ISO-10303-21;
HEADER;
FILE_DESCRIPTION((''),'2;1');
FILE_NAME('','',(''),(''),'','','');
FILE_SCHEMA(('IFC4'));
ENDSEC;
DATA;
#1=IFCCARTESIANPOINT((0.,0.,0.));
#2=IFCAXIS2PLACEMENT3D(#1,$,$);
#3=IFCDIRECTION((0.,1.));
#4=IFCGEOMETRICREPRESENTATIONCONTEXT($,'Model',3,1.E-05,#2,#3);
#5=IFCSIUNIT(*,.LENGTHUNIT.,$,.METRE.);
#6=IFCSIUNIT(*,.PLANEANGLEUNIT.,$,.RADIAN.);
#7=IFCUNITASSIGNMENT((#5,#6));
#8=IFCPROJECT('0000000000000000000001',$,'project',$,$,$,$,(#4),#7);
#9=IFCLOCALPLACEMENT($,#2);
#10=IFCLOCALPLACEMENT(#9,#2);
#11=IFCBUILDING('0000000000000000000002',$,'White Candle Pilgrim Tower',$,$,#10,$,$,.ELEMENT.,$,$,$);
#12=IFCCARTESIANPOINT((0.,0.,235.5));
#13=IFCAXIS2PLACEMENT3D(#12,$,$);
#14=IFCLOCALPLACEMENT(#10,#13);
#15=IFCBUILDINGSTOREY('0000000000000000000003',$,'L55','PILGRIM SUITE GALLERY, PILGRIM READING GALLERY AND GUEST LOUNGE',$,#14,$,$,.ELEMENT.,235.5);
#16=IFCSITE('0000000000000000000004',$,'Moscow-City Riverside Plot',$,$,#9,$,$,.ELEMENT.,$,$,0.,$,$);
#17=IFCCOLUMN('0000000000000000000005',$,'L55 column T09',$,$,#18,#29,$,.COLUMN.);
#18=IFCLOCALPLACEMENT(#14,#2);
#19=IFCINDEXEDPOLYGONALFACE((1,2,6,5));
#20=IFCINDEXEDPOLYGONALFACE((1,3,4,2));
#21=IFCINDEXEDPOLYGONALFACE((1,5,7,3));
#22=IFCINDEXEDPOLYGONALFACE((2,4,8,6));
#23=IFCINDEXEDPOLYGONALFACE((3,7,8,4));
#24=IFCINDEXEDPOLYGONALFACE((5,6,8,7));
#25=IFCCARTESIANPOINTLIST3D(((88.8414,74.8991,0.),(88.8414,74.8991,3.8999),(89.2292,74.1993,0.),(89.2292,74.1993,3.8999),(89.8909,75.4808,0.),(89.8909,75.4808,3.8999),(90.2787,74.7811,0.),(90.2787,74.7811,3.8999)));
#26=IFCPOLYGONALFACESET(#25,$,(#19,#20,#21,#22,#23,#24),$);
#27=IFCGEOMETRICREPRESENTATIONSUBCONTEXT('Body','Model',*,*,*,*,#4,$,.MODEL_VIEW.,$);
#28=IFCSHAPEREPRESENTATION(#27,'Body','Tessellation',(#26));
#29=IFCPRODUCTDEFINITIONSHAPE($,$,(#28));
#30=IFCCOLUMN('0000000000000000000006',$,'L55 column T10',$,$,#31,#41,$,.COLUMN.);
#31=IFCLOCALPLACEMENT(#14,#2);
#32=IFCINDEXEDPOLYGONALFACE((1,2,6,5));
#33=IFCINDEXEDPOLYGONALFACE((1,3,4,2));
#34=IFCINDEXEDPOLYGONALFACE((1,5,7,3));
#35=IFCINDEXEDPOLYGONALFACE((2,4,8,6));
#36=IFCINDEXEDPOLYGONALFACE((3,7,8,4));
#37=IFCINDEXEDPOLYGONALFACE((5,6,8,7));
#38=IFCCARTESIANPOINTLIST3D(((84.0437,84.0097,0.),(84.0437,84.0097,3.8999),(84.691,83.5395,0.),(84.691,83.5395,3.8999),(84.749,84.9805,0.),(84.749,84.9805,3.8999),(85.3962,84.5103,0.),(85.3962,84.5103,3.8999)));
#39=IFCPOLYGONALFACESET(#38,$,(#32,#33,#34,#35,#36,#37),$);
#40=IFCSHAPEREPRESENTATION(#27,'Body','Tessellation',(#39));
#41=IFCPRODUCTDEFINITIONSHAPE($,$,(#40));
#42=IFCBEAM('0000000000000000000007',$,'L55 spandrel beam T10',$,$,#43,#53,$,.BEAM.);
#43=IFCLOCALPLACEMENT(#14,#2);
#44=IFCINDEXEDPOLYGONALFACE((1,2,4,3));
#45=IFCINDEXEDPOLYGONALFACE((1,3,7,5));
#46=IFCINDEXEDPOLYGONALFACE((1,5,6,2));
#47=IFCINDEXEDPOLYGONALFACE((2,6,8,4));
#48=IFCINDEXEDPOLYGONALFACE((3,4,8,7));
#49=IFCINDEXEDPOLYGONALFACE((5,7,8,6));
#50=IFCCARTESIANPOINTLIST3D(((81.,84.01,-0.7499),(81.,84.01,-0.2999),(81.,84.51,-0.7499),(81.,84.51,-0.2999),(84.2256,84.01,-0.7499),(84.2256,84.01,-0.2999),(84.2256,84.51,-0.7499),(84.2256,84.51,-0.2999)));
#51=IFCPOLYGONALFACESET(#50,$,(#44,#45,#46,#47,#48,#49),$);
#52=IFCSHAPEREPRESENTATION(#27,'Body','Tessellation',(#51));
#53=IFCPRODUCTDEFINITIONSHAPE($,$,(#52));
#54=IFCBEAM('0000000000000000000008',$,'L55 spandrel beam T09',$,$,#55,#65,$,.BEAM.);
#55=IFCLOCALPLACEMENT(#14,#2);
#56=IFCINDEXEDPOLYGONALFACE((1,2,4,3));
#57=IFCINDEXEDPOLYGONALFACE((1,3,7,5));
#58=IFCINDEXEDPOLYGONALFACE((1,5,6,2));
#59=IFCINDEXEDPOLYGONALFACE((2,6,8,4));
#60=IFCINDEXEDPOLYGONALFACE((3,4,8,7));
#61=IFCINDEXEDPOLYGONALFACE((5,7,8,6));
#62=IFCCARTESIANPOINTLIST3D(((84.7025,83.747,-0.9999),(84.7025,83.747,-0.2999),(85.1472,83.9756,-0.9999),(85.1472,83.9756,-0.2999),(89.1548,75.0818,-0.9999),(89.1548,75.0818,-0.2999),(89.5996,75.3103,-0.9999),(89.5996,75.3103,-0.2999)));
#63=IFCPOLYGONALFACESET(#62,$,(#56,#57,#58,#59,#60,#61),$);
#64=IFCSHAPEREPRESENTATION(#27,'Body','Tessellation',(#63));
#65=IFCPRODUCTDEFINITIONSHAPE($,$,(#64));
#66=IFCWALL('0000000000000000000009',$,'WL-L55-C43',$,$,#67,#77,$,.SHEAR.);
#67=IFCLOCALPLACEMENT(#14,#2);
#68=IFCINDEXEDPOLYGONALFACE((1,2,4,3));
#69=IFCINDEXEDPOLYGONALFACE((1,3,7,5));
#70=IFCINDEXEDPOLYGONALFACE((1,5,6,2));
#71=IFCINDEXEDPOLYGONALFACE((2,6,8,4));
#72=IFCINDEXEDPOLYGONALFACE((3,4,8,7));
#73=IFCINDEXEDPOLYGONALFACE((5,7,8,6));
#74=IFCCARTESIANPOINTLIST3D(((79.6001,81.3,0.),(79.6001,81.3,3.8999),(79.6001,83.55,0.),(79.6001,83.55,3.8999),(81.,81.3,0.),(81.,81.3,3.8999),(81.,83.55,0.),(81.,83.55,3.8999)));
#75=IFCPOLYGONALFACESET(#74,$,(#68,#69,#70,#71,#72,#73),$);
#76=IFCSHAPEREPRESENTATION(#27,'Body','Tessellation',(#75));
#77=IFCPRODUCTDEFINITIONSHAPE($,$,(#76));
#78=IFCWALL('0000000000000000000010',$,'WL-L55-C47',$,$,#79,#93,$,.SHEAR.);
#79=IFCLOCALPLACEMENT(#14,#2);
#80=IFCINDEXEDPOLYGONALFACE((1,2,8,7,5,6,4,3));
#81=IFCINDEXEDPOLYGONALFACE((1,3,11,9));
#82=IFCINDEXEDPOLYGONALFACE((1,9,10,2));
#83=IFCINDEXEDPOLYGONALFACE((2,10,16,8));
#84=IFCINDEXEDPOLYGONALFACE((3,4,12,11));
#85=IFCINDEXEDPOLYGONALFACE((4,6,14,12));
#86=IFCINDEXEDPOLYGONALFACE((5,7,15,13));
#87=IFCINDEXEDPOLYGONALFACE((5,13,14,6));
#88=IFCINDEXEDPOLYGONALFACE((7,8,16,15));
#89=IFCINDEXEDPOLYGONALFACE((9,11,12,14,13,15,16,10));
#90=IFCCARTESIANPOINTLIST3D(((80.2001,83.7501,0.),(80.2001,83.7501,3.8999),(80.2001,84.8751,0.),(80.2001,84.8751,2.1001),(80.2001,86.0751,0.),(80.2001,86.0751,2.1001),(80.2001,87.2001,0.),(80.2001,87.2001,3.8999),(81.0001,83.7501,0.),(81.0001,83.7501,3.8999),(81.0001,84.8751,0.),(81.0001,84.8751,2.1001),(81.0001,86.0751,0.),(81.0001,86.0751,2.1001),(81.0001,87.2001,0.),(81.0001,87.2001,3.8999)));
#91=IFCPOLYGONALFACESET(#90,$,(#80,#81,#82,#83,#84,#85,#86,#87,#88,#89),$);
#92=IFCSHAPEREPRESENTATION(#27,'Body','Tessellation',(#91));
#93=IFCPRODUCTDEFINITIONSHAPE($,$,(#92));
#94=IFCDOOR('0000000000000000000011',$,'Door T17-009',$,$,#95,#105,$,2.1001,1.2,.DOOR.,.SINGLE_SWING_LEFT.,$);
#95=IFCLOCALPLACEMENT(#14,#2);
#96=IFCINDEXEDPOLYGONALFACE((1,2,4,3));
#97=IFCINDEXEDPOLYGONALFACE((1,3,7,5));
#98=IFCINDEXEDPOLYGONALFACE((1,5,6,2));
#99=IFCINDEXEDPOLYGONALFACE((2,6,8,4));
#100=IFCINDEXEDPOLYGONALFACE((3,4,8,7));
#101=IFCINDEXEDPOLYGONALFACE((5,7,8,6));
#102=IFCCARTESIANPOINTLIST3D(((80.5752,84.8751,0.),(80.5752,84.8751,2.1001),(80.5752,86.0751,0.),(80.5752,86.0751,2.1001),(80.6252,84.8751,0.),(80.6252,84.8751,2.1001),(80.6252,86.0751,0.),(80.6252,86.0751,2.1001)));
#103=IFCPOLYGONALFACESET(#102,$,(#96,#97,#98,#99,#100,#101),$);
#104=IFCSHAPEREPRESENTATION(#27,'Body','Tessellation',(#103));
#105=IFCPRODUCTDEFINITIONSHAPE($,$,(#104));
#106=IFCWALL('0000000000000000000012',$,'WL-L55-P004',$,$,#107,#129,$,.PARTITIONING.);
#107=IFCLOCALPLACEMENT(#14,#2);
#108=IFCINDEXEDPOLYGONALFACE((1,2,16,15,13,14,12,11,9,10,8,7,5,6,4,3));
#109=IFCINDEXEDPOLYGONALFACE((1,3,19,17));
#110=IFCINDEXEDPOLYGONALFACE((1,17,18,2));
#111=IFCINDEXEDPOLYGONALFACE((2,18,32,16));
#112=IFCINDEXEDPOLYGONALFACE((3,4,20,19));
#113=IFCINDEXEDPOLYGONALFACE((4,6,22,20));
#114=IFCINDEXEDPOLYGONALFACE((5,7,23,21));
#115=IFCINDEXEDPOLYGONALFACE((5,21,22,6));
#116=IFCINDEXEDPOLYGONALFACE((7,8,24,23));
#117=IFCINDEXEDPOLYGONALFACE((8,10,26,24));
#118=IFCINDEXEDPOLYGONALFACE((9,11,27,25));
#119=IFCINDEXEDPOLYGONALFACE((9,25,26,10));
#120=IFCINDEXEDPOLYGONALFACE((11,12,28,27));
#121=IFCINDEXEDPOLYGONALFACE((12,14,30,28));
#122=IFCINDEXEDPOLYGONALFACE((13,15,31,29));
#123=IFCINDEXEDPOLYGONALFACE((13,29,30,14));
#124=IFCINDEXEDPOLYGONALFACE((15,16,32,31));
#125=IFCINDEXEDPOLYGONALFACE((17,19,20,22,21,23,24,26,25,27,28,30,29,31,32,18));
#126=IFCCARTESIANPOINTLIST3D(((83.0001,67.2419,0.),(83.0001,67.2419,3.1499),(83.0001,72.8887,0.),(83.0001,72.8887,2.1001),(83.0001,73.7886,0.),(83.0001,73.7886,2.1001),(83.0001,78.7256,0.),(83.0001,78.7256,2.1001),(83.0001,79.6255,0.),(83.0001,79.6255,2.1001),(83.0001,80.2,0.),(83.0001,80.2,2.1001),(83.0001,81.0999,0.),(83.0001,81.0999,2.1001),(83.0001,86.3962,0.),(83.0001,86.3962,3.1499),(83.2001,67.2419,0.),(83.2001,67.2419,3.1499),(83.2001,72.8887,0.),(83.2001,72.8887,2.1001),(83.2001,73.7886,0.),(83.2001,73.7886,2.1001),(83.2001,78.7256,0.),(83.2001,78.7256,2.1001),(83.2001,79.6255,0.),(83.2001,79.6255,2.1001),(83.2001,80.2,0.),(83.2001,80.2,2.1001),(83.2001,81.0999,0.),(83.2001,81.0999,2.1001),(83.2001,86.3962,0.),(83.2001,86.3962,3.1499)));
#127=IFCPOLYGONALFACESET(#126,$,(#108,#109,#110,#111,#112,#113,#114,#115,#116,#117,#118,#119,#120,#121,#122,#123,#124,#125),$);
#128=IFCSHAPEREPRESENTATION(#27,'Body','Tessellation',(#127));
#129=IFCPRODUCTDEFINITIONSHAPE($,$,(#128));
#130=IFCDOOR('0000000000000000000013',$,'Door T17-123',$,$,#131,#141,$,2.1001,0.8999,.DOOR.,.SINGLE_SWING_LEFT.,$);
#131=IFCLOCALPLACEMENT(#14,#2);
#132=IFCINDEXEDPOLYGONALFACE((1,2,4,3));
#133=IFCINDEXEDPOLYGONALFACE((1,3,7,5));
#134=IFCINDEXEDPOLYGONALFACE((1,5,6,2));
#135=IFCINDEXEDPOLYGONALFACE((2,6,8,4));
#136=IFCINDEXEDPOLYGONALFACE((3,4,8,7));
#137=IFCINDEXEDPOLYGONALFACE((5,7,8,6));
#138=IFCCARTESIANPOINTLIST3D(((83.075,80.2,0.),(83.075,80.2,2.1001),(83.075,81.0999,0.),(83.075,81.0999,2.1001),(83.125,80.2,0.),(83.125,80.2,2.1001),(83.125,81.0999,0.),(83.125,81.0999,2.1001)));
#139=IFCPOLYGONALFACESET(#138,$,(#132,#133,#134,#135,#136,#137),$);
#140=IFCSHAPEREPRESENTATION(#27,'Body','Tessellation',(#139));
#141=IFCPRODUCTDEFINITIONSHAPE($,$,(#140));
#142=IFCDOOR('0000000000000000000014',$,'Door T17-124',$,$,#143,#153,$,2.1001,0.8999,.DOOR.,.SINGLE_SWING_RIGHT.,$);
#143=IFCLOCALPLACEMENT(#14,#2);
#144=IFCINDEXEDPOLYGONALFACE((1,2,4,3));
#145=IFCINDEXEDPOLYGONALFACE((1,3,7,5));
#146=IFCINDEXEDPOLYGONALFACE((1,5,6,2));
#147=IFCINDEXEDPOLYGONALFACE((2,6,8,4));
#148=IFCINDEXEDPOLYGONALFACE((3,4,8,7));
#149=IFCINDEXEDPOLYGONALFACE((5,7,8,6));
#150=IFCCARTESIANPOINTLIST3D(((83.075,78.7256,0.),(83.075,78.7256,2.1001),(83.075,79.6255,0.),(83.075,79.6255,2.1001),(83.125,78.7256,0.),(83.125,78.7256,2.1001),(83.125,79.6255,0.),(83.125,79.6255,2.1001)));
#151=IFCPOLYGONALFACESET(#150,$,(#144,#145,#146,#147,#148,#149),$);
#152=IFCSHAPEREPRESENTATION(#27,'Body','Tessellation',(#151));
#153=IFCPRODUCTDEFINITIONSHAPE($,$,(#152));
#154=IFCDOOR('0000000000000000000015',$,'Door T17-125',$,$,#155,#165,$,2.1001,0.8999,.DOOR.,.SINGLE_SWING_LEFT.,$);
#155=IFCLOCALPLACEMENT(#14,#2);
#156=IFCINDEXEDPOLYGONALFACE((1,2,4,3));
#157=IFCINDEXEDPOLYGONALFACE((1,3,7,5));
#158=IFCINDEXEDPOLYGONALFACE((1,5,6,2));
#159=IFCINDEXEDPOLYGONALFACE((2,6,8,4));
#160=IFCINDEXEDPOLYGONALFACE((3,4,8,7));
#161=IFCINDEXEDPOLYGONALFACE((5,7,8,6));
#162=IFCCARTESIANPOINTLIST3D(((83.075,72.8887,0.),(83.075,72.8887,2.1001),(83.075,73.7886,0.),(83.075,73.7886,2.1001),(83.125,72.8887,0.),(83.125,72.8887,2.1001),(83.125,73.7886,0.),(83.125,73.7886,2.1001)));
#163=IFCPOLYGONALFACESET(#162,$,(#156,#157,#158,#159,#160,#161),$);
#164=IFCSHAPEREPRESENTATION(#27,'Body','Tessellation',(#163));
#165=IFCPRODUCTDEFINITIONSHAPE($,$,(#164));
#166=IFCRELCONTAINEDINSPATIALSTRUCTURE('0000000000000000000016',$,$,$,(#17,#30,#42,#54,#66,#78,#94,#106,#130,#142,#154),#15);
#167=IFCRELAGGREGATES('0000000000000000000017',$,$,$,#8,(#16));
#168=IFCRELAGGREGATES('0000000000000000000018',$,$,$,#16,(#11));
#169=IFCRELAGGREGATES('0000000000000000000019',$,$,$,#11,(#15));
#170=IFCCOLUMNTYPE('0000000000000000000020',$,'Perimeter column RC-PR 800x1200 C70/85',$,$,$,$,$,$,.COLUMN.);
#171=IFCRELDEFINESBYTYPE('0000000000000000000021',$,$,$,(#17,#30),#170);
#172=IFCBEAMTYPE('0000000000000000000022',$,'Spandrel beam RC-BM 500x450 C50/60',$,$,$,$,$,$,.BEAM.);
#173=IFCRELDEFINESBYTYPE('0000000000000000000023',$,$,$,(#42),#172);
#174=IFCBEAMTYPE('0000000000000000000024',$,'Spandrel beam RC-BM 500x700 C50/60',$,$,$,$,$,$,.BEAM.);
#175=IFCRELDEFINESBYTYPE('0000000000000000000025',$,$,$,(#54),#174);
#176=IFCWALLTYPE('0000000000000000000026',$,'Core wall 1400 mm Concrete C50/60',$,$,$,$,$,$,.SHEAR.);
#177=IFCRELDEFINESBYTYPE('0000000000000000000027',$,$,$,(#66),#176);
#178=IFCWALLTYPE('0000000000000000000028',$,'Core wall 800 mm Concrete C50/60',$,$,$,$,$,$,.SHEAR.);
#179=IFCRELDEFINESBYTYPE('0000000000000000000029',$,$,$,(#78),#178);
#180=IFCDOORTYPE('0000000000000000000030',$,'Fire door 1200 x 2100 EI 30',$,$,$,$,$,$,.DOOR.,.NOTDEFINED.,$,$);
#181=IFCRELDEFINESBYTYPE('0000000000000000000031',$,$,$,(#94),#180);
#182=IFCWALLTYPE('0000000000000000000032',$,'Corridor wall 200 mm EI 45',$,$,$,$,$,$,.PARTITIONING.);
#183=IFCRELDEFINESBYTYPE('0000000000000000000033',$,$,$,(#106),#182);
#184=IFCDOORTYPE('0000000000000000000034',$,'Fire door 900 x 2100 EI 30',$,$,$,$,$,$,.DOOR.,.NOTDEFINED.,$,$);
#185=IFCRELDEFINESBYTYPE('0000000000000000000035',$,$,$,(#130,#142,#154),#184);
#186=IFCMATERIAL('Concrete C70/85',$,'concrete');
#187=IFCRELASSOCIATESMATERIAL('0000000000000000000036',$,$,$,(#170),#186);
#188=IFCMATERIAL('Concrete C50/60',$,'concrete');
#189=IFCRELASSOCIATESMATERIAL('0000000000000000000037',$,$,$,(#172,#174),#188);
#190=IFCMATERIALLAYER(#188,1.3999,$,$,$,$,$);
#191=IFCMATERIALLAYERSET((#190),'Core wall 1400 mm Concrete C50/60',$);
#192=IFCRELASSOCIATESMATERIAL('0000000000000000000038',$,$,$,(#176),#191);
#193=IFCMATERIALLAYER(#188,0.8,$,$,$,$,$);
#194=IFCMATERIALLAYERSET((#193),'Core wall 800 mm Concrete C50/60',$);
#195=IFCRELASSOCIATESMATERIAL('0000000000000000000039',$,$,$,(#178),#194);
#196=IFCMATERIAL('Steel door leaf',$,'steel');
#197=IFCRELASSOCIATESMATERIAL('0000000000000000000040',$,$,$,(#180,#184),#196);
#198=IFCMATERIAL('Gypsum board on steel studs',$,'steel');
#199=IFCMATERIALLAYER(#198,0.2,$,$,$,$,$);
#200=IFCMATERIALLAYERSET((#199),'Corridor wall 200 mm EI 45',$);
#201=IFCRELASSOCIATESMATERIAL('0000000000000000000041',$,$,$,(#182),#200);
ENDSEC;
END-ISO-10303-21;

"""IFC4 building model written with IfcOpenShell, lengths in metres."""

from ifc_helpers import new_model, si_unit, direction, frame, frame_2d, origin, origin_2d, place, context, subcontext, project, spatial, rectangle, extrude, material, layer, layer_set, material_profile, profile_set, type_object, element, fill, save


model = new_model("IFC4")

# Units and contexts
model_context = context("Model", 3, precision=1e-05, world=origin(), true_north=direction((0.0, 1.0)))
body_context = subcontext(model_context, "Body", "Model", "MODEL_VIEW")
ifc_project = project(units=[si_unit("LENGTHUNIT", "METRE"), si_unit("PLANEANGLEUNIT", "RADIAN")], contexts=[model_context])

# Site, building, storey
site_placement = place(None, origin())
site = spatial("IfcSite", under=ifc_project, at=site_placement, Name="Moscow-City Riverside Plot", CompositionType="ELEMENT", RefElevation=0.0)
building_placement = place(site_placement, origin())
building = spatial("IfcBuilding", under=site, at=building_placement, Name="White Candle Pilgrim Tower", CompositionType="ELEMENT")
storey_placement = place(building_placement, frame((0.0, 0.0, 235.5)))
storey = spatial("IfcBuildingStorey", under=building, at=storey_placement, Name="L55", Description="PILGRIM SUITE GALLERY, PILGRIM READING GALLERY AND GUEST LOUNGE", CompositionType="ELEMENT", Elevation=235.5)

# Columns
ifc_material_1 = material(Name="Concrete C70/85", Category="concrete")
ifc_material_profile_1 = material_profile(ifc_material_1, rectangle(XDim=0.8, YDim=1.2, at=origin_2d()), Name="RC-PR 800x1200")
ifc_profile_set_1 = profile_set([ifc_material_profile_1], Name="Concrete C70/85")
column_type = type_object("IfcColumnType", Name="Perimeter column RC-PR 800x1200 C70/85", PredefinedType="COLUMN", material=ifc_profile_set_1)
for number, where, z_axis, x_axis, name in (
    (1, (89.5601, 74.8401, 0.0), (0.0, 0.0, 1.0), (0.48481, -0.87462, 0.0), "L55 column T09"),
    (2, (84.72, 84.26, 0.0), (0.0, 0.0, 1.0), (0.809027, -0.587771, 0.0), "L55 column T10"),
):
    element("IfcColumn", number, at=place(storey_placement, frame(where, z_axis=z_axis, x_axis=x_axis)), inside=storey, type_object=column_type, Name=name, PredefinedType="COLUMN", context=body_context, shape_type="SweptSolid", body=[
        extrude(rectangle(XDim=0.8, YDim=1.2, at=origin_2d()), origin(), (0.0, 0.0, 1.0), 3.8999),
    ])

# Beams
ifc_material_2 = material(Name="Concrete C50/60", Category="concrete")
ifc_material_profile_2 = material_profile(ifc_material_2, rectangle(XDim=0.5, YDim=0.45, at=origin_2d()), Name="RC-BM 500x450")
ifc_profile_set_2 = profile_set([ifc_material_profile_2], Name="Concrete C50/60")
beam_type_1 = type_object("IfcBeamType", Name="Spandrel beam RC-BM 500x450 C50/60", PredefinedType="BEAM", material=ifc_profile_set_2)
beam_1_placement = place(storey_placement, frame((84.2256, 84.26, -0.5249), z_axis=(-1.0, 0.0, 0.0), x_axis=(0.0, -1.0, 0.0)))
element("IfcBeam", 3, at=beam_1_placement, inside=storey, type_object=beam_type_1, Name="L55 spandrel beam T10", PredefinedType="BEAM", context=body_context, shape_type="SweptSolid", body=[
    extrude(rectangle(XDim=0.5, YDim=0.45, at=origin_2d()), origin(), (0.0, 0.0, 1.0), 3.2256),
])
ifc_material_profile_3 = material_profile(ifc_material_2, rectangle(XDim=0.5, YDim=0.7, at=origin_2d()), Name="RC-BM 500x700")
ifc_profile_set_3 = profile_set([ifc_material_profile_3], Name="Concrete C50/60")
beam_type_2 = type_object("IfcBeamType", Name="Spandrel beam RC-BM 500x700 C50/60", PredefinedType="BEAM", material=ifc_profile_set_3)
beam_2_placement = place(storey_placement, frame((89.3772, 75.196, -0.6499), z_axis=(-0.45702, 0.889456, 0.0), x_axis=(-0.889456, -0.45702, 0.0)))
element("IfcBeam", 4, at=beam_2_placement, inside=storey, type_object=beam_type_2, Name="L55 spandrel beam T09", PredefinedType="BEAM", context=body_context, shape_type="SweptSolid", body=[
    extrude(rectangle(XDim=0.5, YDim=0.7, at=origin_2d()), origin(), (0.0, 0.0, 1.0), 9.7422),
])

# Wall
ifc_layer_1 = layer(ifc_material_2, 1.3999)
ifc_layer_set_1 = layer_set([ifc_layer_1], Name="Core wall 1400 mm Concrete C50/60")
wall_type_1 = type_object("IfcWallType", Name="Core wall 1400 mm Concrete C50/60", PredefinedType="SHEAR", material=ifc_layer_set_1)
wall_1_placement = place(storey_placement, frame((80.3, 81.3, 0.0), z_axis=(0.0, 0.0, 1.0), x_axis=(0.0, 1.0, 0.0)))
element("IfcWall", 5, at=wall_1_placement, inside=storey, type_object=wall_type_1, Name="WL-L55-C43", PredefinedType="SHEAR", context=body_context, shape_type="SweptSolid", body=[
    extrude(rectangle(XDim=2.25, YDim=1.3999, at=frame_2d((1.125, 0.0))), origin(), (0.0, 0.0, 1.0), 3.8999),
])

# Wall, opening, door
ifc_layer_2 = layer(ifc_material_2, 0.8)
ifc_layer_set_2 = layer_set([ifc_layer_2], Name="Core wall 800 mm Concrete C50/60")
wall_type_2 = type_object("IfcWallType", Name="Core wall 800 mm Concrete C50/60", PredefinedType="SHEAR", material=ifc_layer_set_2)
wall_2_placement = place(storey_placement, frame((80.6001, 83.75, 0.0), z_axis=(0.0, 0.0, 1.0), x_axis=(0.0, 1.0, 0.0)))
wall_2 = element("IfcWall", 6, at=wall_2_placement, inside=storey, type_object=wall_type_2, Name="WL-L55-C47", PredefinedType="SHEAR", context=body_context, shape_type="SweptSolid", body=[
    extrude(rectangle(XDim=3.45, YDim=0.8, at=frame_2d((1.7251, 0.0))), origin(), (0.0, 0.0, 1.0), 3.8999),
])
opening_1_placement = place(wall_2_placement, frame((1.125, 0.0, 0.0)))
opening_1 = element("IfcOpeningElement", 7, at=opening_1_placement, cuts=wall_2, PredefinedType="OPENING", context=body_context, shape_type="SweptSolid", body=[
    extrude(rectangle(XDim=1.2, YDim=2.1001, at=frame_2d((0.6001, 1.05))), frame((0.0, 0.4099, 0.0), z_axis=(0.0, -1.0, 0.0), x_axis=(1.0, 0.0, 0.0)), (0.0, 0.0, 1.0), 0.8201),
])
ifc_material_3 = material(Name="Steel door leaf", Category="steel")
door_type_1 = type_object("IfcDoorType", Name="Fire door 1200 x 2100 EI 30", OperationType="NOTDEFINED", PredefinedType="DOOR", material=ifc_material_3)
door_1_placement = place(opening_1_placement, origin())
door_1 = element("IfcDoor", 8, at=door_1_placement, inside=storey, type_object=door_type_1, Name="Door T17-009", OperationType="SINGLE_SWING_LEFT", OverallHeight=2.1001, OverallWidth=1.2, PredefinedType="DOOR", context=body_context, shape_type="SweptSolid", body=[
    extrude(rectangle(XDim=1.2, YDim=2.1001, at=frame_2d((0.6001, 1.05))), frame((0.0, 0.0249, 0.0), z_axis=(0.0, -1.0, 0.0), x_axis=(1.0, 0.0, 0.0)), (0.0, 0.0, 1.0), 0.05),
])
fill(opening_1, door_1)

# Wall, openings, doors
ifc_material_4 = material(Name="Gypsum board on steel studs", Category="steel")
ifc_layer_3 = layer(ifc_material_4, 0.2)
ifc_layer_set_3 = layer_set([ifc_layer_3], Name="Corridor wall 200 mm EI 45")
wall_type_3 = type_object("IfcWallType", Name="Corridor wall 200 mm EI 45", PredefinedType="PARTITIONING", material=ifc_layer_set_3)
wall_3_placement = place(storey_placement, frame((83.1001, 86.3962, 0.0), z_axis=(0.0, 0.0, 1.0), x_axis=(0.0, -1.0, 0.0)))
wall_3 = element("IfcWall", 9, at=wall_3_placement, inside=storey, type_object=wall_type_3, Name="WL-L55-P004", PredefinedType="PARTITIONING", context=body_context, shape_type="SweptSolid", body=[
    extrude(rectangle(XDim=19.1543, YDim=0.2, at=frame_2d((9.5771, 0.0))), origin(), (0.0, 0.0, 1.0), 3.1499),
])
opening_2_placement = place(wall_3_placement, frame((5.2964, 0.0, 0.0)))
opening_2 = element("IfcOpeningElement", 10, at=opening_2_placement, cuts=wall_3, PredefinedType="OPENING", context=body_context, shape_type="SweptSolid", body=[
    extrude(rectangle(XDim=0.8999, YDim=2.1001, at=frame_2d((0.45, 1.05))), frame((0.0, 0.1099, 0.0), z_axis=(0.0, -1.0, 0.0), x_axis=(1.0, 0.0, 0.0)), (0.0, 0.0, 1.0), 0.22),
])
opening_3_placement = place(wall_3_placement, frame((6.7708, 0.0, 0.0)))
opening_3 = element("IfcOpeningElement", 11, at=opening_3_placement, cuts=wall_3, PredefinedType="OPENING", context=body_context, shape_type="SweptSolid", body=[
    extrude(rectangle(XDim=0.8999, YDim=2.1001, at=frame_2d((0.45, 1.05))), frame((0.0, 0.1099, 0.0), z_axis=(0.0, -1.0, 0.0), x_axis=(1.0, 0.0, 0.0)), (0.0, 0.0, 1.0), 0.22),
])
opening_4_placement = place(wall_3_placement, frame((12.6077, 0.0, 0.0)))
opening_4 = element("IfcOpeningElement", 12, at=opening_4_placement, cuts=wall_3, PredefinedType="OPENING", context=body_context, shape_type="SweptSolid", body=[
    extrude(rectangle(XDim=0.8999, YDim=2.1001, at=frame_2d((0.45, 1.05))), frame((0.0, 0.1099, 0.0), z_axis=(0.0, -1.0, 0.0), x_axis=(1.0, 0.0, 0.0)), (0.0, 0.0, 1.0), 0.22),
])
door_type_2 = type_object("IfcDoorType", Name="Fire door 900 x 2100 EI 30", OperationType="NOTDEFINED", PredefinedType="DOOR", material=ifc_material_3)
door_2_placement = place(opening_2_placement, origin())
door_2 = element("IfcDoor", 13, at=door_2_placement, inside=storey, type_object=door_type_2, Name="Door T17-123", OperationType="SINGLE_SWING_LEFT", OverallHeight=2.1001, OverallWidth=0.8999, PredefinedType="DOOR", context=body_context, shape_type="SweptSolid", body=[
    extrude(rectangle(XDim=0.8999, YDim=2.1001, at=frame_2d((0.45, 1.05))), frame((0.0, 0.0249, 0.0), z_axis=(0.0, -1.0, 0.0), x_axis=(1.0, 0.0, 0.0)), (0.0, 0.0, 1.0), 0.05),
])
fill(opening_2, door_2)
door_3_placement = place(opening_3_placement, origin())
door_3 = element("IfcDoor", 14, at=door_3_placement, inside=storey, type_object=door_type_2, Name="Door T17-124", OperationType="SINGLE_SWING_RIGHT", OverallHeight=2.1001, OverallWidth=0.8999, PredefinedType="DOOR", context=body_context, shape_type="SweptSolid", body=[
    extrude(rectangle(XDim=0.8999, YDim=2.1001, at=frame_2d((0.45, 1.05))), frame((0.0, 0.0249, 0.0), z_axis=(0.0, -1.0, 0.0), x_axis=(1.0, 0.0, 0.0)), (0.0, 0.0, 1.0), 0.05),
])
fill(opening_3, door_3)
door_4_placement = place(opening_4_placement, origin())
door_4 = element("IfcDoor", 15, at=door_4_placement, inside=storey, type_object=door_type_2, Name="Door T17-125", OperationType="SINGLE_SWING_LEFT", OverallHeight=2.1001, OverallWidth=0.8999, PredefinedType="DOOR", context=body_context, shape_type="SweptSolid", body=[
    extrude(rectangle(XDim=0.8999, YDim=2.1001, at=frame_2d((0.45, 1.05))), frame((0.0, 0.0249, 0.0), z_axis=(0.0, -1.0, 0.0), x_axis=(1.0, 0.0, 0.0)), (0.0, 0.0, 1.0), 0.05),
])
fill(opening_4, door_4)

save(model, "model.ifc")
